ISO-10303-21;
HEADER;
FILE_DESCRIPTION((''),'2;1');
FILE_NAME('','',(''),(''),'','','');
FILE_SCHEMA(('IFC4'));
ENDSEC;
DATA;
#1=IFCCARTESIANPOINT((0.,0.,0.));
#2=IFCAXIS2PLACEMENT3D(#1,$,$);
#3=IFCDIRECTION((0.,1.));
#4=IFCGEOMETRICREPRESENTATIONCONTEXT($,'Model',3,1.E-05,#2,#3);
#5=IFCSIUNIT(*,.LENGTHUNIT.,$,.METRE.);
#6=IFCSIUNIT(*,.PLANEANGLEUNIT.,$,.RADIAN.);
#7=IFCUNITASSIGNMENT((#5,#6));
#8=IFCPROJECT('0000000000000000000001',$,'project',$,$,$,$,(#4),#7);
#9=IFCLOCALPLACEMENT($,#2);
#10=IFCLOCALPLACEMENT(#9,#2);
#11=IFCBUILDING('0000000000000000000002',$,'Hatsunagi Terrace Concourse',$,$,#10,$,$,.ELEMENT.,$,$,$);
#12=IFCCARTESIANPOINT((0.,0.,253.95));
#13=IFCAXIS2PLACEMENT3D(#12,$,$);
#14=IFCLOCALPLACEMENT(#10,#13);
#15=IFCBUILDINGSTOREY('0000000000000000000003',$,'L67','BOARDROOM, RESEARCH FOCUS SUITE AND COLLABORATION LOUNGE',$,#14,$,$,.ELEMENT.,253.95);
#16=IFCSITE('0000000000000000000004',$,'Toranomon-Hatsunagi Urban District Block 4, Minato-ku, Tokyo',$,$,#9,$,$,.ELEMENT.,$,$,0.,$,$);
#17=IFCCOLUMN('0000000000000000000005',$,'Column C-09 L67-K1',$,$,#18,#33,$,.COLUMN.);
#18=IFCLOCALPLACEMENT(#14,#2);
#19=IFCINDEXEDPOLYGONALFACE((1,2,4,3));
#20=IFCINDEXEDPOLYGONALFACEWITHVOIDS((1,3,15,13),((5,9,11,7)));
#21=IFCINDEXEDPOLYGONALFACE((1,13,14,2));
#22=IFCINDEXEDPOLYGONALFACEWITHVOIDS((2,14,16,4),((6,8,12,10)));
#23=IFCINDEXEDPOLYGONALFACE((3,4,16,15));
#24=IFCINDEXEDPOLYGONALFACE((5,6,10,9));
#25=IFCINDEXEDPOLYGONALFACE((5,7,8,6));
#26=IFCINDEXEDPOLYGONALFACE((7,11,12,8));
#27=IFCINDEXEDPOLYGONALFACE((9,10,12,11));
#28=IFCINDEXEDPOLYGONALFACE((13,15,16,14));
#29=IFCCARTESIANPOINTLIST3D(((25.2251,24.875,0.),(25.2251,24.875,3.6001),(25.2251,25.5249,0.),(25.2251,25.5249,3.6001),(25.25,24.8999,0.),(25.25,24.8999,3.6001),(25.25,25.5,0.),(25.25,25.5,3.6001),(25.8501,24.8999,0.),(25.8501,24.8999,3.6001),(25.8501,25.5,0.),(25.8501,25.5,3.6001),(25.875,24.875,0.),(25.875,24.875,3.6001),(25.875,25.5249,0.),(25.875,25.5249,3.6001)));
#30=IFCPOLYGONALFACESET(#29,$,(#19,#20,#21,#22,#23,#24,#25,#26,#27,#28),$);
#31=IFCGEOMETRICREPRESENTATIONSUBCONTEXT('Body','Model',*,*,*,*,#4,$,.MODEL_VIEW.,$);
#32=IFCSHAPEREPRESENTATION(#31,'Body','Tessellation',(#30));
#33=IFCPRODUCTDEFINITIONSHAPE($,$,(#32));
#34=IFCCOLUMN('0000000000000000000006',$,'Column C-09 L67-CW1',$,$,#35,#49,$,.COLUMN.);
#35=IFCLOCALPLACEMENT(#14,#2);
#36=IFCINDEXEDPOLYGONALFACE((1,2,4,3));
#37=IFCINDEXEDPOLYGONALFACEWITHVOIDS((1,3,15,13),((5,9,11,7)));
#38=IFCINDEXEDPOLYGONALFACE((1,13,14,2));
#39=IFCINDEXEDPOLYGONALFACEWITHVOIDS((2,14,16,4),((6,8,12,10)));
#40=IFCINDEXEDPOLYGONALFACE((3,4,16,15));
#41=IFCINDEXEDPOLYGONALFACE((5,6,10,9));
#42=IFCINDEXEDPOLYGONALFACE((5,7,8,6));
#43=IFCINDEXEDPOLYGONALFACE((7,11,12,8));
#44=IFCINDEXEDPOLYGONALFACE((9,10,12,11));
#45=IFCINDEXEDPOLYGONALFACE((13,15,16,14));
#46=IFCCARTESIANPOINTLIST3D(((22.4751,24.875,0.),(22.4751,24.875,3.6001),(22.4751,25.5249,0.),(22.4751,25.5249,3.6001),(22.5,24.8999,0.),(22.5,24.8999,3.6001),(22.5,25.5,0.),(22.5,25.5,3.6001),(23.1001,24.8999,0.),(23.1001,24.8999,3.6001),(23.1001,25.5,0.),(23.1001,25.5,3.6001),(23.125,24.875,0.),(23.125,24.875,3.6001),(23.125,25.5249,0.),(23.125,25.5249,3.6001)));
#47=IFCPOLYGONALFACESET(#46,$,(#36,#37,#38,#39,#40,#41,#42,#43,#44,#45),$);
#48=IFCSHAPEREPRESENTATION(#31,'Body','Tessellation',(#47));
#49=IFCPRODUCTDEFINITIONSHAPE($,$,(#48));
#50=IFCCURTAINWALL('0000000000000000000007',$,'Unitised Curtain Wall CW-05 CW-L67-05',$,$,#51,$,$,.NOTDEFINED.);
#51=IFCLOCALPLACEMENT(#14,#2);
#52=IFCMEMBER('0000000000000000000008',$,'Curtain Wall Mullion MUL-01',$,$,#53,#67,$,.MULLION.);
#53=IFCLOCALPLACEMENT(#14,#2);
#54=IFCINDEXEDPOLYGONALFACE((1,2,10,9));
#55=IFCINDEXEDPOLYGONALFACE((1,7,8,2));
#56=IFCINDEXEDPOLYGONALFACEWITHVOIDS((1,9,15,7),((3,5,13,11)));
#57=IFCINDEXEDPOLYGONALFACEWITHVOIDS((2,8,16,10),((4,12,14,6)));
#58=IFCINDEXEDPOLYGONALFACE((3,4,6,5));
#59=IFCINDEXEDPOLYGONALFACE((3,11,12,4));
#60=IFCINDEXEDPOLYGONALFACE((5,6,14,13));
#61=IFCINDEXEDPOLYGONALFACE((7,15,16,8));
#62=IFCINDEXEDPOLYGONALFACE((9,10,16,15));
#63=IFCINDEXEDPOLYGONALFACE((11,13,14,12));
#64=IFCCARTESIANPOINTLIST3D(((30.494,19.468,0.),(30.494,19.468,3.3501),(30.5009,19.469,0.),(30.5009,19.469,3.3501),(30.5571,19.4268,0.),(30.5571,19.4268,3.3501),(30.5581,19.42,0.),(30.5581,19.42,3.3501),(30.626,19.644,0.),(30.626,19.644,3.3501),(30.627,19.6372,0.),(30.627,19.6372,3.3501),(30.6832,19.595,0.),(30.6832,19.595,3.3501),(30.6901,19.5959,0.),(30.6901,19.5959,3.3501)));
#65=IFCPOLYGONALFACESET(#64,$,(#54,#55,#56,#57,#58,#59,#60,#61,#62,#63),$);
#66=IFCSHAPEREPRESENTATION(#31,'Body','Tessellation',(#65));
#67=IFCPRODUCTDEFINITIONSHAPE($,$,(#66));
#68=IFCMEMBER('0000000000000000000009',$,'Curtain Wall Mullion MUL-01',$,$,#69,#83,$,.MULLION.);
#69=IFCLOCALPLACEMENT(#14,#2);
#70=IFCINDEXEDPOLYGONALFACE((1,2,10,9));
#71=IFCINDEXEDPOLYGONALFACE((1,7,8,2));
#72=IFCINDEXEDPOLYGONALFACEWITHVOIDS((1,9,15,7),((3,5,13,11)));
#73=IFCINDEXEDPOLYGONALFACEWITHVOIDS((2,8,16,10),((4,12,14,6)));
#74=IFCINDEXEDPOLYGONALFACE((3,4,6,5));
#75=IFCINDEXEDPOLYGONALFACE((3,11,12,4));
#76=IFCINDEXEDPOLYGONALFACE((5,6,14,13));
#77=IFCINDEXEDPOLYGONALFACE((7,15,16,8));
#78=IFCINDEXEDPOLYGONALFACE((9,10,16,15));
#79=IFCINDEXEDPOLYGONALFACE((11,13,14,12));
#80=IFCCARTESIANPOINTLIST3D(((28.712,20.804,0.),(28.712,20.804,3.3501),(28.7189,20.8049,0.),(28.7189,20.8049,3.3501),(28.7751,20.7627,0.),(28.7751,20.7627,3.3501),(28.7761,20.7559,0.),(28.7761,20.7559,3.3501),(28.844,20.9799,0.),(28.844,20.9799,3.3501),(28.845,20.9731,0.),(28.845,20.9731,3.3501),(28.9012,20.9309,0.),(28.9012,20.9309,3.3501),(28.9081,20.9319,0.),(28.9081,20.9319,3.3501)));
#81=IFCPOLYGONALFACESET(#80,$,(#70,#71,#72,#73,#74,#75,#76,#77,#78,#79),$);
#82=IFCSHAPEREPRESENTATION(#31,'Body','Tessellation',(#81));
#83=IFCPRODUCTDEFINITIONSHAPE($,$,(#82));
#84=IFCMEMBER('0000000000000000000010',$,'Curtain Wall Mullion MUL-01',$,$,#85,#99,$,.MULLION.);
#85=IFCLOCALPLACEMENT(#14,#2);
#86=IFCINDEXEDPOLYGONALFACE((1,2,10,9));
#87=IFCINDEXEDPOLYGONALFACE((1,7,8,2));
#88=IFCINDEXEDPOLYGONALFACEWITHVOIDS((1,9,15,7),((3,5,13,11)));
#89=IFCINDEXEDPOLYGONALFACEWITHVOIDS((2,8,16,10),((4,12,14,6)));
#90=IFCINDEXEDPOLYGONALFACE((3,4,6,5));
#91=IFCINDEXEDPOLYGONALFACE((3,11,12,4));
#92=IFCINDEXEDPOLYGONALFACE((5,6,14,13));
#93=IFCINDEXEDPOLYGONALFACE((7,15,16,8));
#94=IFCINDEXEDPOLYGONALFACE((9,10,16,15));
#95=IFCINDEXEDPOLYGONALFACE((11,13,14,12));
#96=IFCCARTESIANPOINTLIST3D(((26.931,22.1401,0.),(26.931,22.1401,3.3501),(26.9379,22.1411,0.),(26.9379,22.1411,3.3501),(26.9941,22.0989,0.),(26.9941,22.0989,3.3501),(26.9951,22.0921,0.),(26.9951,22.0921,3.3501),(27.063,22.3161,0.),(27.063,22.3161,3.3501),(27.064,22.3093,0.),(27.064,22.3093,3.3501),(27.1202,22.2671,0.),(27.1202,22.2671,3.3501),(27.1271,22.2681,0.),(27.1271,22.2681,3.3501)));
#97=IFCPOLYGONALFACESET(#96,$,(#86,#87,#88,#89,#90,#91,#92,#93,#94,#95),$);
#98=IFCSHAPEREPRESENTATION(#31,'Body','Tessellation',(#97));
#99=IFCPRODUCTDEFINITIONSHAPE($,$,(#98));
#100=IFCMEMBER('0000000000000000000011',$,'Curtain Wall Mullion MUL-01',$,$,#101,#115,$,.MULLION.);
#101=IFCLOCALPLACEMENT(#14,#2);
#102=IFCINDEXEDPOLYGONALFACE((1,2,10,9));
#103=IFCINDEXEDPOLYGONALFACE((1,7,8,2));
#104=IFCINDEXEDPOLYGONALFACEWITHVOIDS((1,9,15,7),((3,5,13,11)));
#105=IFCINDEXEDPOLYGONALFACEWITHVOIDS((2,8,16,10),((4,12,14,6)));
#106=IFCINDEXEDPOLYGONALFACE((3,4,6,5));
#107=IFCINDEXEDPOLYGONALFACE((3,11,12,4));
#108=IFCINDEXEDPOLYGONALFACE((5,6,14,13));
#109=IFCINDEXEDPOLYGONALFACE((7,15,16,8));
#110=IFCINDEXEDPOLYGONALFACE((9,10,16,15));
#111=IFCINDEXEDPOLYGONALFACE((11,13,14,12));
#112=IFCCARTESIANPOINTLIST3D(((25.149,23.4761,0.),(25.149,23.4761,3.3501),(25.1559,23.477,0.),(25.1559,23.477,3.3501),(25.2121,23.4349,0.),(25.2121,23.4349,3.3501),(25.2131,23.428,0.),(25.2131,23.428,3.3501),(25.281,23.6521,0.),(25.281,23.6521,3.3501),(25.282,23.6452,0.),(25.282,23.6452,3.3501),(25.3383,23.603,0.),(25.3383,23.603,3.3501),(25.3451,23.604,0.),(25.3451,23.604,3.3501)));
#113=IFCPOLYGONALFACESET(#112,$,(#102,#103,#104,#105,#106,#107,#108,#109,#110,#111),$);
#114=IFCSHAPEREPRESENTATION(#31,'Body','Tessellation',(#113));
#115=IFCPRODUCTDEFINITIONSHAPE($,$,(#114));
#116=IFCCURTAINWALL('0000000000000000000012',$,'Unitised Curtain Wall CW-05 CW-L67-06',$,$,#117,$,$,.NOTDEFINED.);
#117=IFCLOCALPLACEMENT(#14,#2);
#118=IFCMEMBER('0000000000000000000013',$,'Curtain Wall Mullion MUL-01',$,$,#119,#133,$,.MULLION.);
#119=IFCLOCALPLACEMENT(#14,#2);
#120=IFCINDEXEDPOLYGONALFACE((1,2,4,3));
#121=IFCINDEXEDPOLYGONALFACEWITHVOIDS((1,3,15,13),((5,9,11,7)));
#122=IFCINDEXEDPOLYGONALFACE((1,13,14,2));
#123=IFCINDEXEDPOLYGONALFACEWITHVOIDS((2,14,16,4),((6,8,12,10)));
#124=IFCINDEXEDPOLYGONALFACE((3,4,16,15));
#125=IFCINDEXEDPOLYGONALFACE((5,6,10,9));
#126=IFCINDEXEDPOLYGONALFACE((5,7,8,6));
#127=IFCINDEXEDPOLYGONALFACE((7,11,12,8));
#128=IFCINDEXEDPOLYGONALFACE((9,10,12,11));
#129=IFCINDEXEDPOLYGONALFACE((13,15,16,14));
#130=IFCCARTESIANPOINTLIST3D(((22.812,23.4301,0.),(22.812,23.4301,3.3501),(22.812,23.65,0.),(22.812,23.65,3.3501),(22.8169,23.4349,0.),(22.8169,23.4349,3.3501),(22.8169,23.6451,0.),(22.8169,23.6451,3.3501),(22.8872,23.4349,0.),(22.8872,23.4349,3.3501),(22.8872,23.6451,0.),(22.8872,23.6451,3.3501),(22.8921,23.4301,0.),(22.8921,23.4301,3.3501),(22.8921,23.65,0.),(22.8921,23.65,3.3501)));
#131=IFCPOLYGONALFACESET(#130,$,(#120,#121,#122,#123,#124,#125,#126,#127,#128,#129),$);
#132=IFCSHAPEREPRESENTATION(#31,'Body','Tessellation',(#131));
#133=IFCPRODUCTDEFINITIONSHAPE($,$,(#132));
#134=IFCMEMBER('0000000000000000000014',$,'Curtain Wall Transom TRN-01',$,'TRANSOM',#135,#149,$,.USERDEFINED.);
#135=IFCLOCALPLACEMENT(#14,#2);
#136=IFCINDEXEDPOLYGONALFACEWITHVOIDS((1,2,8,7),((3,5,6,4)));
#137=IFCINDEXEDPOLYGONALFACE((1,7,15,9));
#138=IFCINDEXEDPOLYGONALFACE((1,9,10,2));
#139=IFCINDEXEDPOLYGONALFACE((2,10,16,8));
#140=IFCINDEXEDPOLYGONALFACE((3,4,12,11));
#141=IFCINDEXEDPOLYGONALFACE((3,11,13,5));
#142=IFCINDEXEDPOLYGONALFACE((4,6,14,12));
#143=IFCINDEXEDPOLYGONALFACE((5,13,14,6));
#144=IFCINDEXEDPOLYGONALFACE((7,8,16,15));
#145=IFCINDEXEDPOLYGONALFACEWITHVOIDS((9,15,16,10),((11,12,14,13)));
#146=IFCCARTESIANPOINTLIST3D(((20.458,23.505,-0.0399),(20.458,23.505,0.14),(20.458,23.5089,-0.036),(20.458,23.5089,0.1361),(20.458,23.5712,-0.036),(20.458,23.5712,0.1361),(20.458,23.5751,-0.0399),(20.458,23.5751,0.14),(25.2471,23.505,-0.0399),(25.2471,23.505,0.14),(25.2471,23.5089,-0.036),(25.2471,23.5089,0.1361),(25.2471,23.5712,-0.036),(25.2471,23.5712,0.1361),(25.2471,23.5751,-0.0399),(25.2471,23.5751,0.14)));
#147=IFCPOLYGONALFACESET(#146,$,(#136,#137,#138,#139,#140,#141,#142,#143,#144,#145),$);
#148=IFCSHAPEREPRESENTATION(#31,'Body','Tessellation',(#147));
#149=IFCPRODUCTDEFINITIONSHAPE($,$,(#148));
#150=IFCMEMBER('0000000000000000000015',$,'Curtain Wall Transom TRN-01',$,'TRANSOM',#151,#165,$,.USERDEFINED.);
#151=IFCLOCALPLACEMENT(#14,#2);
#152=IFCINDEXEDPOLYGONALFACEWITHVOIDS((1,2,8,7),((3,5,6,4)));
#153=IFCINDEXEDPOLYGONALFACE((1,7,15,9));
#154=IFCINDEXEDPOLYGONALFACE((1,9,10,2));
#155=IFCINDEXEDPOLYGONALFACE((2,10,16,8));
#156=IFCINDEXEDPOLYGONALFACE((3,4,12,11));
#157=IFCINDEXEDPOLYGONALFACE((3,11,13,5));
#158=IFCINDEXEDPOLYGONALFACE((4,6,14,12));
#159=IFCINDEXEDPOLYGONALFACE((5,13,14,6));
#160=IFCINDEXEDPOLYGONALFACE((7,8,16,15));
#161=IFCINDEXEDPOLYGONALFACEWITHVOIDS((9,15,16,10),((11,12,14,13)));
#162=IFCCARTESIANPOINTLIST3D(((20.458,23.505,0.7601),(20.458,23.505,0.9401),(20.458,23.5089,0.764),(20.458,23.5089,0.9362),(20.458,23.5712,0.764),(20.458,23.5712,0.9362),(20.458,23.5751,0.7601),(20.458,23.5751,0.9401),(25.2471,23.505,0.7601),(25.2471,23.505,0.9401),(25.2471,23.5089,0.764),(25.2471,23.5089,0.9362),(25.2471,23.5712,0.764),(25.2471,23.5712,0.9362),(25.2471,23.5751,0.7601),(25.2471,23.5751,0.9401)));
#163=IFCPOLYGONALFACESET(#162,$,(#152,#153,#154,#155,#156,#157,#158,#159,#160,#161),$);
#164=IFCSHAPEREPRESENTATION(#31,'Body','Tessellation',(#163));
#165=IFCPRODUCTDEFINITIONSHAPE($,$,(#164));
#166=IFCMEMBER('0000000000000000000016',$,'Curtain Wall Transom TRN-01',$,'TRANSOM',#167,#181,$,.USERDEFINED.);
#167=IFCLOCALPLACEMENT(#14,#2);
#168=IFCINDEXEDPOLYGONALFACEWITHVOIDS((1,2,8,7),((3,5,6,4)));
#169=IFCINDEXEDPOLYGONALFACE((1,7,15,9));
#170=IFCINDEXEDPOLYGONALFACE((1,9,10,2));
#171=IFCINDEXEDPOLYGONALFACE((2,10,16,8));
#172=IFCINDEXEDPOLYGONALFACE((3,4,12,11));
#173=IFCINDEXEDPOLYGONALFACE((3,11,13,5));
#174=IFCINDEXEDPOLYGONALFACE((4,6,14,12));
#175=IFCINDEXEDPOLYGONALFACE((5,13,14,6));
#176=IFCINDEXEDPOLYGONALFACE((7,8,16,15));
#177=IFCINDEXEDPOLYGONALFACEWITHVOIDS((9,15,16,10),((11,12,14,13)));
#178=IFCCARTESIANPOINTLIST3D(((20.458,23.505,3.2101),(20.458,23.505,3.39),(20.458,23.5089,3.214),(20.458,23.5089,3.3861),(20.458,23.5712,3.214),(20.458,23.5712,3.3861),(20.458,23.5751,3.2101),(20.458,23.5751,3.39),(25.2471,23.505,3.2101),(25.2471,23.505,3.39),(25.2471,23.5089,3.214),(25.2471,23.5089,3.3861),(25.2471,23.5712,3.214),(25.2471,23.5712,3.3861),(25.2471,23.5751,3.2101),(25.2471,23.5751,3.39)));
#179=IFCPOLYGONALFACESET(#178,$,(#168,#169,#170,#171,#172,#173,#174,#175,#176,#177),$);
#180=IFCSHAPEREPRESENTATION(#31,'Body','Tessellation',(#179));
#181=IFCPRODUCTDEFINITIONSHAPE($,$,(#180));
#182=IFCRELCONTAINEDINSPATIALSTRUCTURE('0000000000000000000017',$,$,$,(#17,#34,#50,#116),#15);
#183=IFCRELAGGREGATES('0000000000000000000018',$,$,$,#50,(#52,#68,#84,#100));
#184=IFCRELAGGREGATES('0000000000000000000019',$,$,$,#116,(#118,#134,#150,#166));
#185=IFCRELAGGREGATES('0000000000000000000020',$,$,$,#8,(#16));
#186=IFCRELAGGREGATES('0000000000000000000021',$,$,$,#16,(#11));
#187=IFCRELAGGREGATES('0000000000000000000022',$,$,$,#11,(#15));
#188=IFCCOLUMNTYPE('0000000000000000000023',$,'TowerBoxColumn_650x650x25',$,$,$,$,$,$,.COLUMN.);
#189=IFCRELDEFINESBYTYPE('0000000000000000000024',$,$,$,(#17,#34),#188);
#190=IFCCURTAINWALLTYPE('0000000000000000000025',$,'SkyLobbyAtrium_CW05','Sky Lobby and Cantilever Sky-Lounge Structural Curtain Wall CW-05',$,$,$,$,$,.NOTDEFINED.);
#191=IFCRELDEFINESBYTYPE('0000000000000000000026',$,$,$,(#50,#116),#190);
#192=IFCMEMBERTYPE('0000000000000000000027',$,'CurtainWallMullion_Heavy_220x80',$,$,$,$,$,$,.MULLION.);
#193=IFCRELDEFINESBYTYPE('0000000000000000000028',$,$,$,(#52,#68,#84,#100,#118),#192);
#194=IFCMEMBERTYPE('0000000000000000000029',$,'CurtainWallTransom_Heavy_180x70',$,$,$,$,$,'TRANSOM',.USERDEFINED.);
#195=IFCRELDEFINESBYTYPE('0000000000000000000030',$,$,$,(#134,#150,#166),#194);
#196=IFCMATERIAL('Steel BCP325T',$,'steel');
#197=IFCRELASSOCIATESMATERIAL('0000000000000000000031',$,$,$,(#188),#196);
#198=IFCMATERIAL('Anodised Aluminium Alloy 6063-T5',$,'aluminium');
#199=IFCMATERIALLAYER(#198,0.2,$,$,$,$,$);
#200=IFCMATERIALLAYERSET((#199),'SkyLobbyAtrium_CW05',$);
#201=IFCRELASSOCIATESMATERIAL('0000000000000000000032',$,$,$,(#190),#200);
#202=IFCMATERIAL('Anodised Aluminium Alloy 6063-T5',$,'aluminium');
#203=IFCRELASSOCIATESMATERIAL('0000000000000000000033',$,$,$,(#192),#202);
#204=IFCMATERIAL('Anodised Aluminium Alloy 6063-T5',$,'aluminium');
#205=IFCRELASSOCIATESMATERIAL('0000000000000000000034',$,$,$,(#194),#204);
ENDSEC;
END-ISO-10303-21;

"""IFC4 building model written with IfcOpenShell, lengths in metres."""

from ifc_helpers import new_model, si_unit, direction, frame, origin, origin_2d, place, context, subcontext, project, spatial, hollow_rectangle, extrude, material, layer, layer_set, material_profile, profile_set, type_object, element, aggregate, save


model = new_model("IFC4")

# Units and contexts
model_context = context("Model", 3, precision=1e-05, world=origin(), true_north=direction((0.0, 1.0)))
body_context = subcontext(model_context, "Body", "Model", "MODEL_VIEW")
ifc_project = project(units=[si_unit("LENGTHUNIT", "METRE"), si_unit("PLANEANGLEUNIT", "RADIAN")], contexts=[model_context])

# Site, building, storey
site_placement = place(None, origin())
site = spatial("IfcSite", under=ifc_project, at=site_placement, Name="Toranomon-Hatsunagi Urban District Block 4, Minato-ku, Tokyo", CompositionType="ELEMENT", RefElevation=0.0)
building_placement = place(site_placement, origin())
building = spatial("IfcBuilding", under=site, at=building_placement, Name="Hatsunagi Terrace Concourse", CompositionType="ELEMENT")
storey_placement = place(building_placement, frame((0.0, 0.0, 253.95)))
storey = spatial("IfcBuildingStorey", under=building, at=storey_placement, Name="L67", Description="BOARDROOM, RESEARCH FOCUS SUITE AND COLLABORATION LOUNGE", CompositionType="ELEMENT", Elevation=253.95)

# Columns
ifc_material_1 = material(Name="Steel BCP325T", Category="steel")
ifc_material_profile_1 = material_profile(ifc_material_1, hollow_rectangle(XDim=0.6499, YDim=0.6499, WallThickness=0.0249, at=origin_2d()), Name="BCP-650x650x25")
ifc_profile_set_1 = profile_set([ifc_material_profile_1], Name="Steel BCP325T")
column_type = type_object("IfcColumnType", Name="TowerBoxColumn_650x650x25", PredefinedType="COLUMN", material=ifc_profile_set_1)
for number, where, z_axis, x_axis, name in (
    (1, (25.55, 25.2, 0.0), (0.0, 0.0, 1.0), (1.0, 0.0, 0.0), "Column C-09 L67-K1"),
    (2, (22.8, 25.2, 0.0), (0.0, 0.0, 1.0), (1.0, 0.0, 0.0), "Column C-09 L67-CW1"),
):
    element("IfcColumn", number, at=place(storey_placement, frame(where, z_axis=z_axis, x_axis=x_axis)), inside=storey, type_object=column_type, Name=name, PredefinedType="COLUMN", context=body_context, shape_type="SweptSolid", body=[
        extrude(hollow_rectangle(XDim=0.6499, YDim=0.6499, WallThickness=0.0249, at=origin_2d()), origin(), (0.0, 0.0, 1.0), 3.6001),
    ])

# Curtain walls, members
ifc_material_2 = material(Name="Anodised Aluminium Alloy 6063-T5", Category="aluminium")
ifc_layer_1 = layer(ifc_material_2, 0.2)
ifc_layer_set_1 = layer_set([ifc_layer_1], Name="SkyLobbyAtrium_CW05")
curtain_wall_type = type_object("IfcCurtainWallType", Name="SkyLobbyAtrium_CW05", Description="Sky Lobby and Cantilever Sky-Lounge Structural Curtain Wall CW-05", PredefinedType="NOTDEFINED", material=ifc_layer_set_1)
curtain_wall_1_placement = place(storey_placement, origin())
curtain_wall_1 = element("IfcCurtainWall", 3, at=curtain_wall_1_placement, inside=storey, type_object=curtain_wall_type, Name="Unitised Curtain Wall CW-05 CW-L67-05", PredefinedType="NOTDEFINED")
ifc_material_3 = material(Name="Anodised Aluminium Alloy 6063-T5", Category="aluminium")
ifc_material_profile_2 = material_profile(ifc_material_3, hollow_rectangle(XDim=0.0801, YDim=0.22, WallThickness=0.0049, at=origin_2d()), Name="ALU-MUL-220x80x5")
ifc_profile_set_2 = profile_set([ifc_material_profile_2], Name="Anodised Aluminium Alloy 6063-T5")
member_type_1 = type_object("IfcMemberType", Name="CurtainWallMullion_Heavy_220x80", PredefinedType="MULLION", material=ifc_profile_set_2)
member_1_placement = place(storey_placement, frame((30.592, 19.532, 0.0), z_axis=(0.0, 0.0, 1.0), x_axis=(-0.800007, 0.59999, 0.0)))
member_1 = element("IfcMember", 4, at=member_1_placement, type_object=member_type_1, Name="Curtain Wall Mullion MUL-01", PredefinedType="MULLION", context=body_context, shape_type="SweptSolid", body=[
    extrude(hollow_rectangle(XDim=0.0801, YDim=0.22, WallThickness=0.0049, at=origin_2d()), origin(), (0.0, 0.0, 1.0), 3.3501),
])
member_2_placement = place(storey_placement, frame((28.8101, 20.8679, 0.0), z_axis=(0.0, 0.0, 1.0), x_axis=(-0.800007, 0.59999, 0.0)))
member_2 = element("IfcMember", 5, at=member_2_placement, type_object=member_type_1, Name="Curtain Wall Mullion MUL-01", PredefinedType="MULLION", context=body_context, shape_type="SweptSolid", body=[
    extrude(hollow_rectangle(XDim=0.0801, YDim=0.22, WallThickness=0.0049, at=origin_2d()), origin(), (0.0, 0.0, 1.0), 3.3501),
])
member_3_placement = place(storey_placement, frame((27.0291, 22.2041, 0.0), z_axis=(0.0, 0.0, 1.0), x_axis=(-0.800007, 0.59999, 0.0)))
member_3 = element("IfcMember", 6, at=member_3_placement, type_object=member_type_1, Name="Curtain Wall Mullion MUL-01", PredefinedType="MULLION", context=body_context, shape_type="SweptSolid", body=[
    extrude(hollow_rectangle(XDim=0.0801, YDim=0.22, WallThickness=0.0049, at=origin_2d()), origin(), (0.0, 0.0, 1.0), 3.3501),
])
member_4_placement = place(storey_placement, frame((25.2471, 23.54, 0.0), z_axis=(0.0, 0.0, 1.0), x_axis=(-0.800007, 0.59999, 0.0)))
member_4 = element("IfcMember", 7, at=member_4_placement, type_object=member_type_1, Name="Curtain Wall Mullion MUL-01", PredefinedType="MULLION", context=body_context, shape_type="SweptSolid", body=[
    extrude(hollow_rectangle(XDim=0.0801, YDim=0.22, WallThickness=0.0049, at=origin_2d()), origin(), (0.0, 0.0, 1.0), 3.3501),
])
curtain_wall_2_placement = place(storey_placement, origin())
curtain_wall_2 = element("IfcCurtainWall", 8, at=curtain_wall_2_placement, inside=storey, type_object=curtain_wall_type, Name="Unitised Curtain Wall CW-05 CW-L67-06", PredefinedType="NOTDEFINED")
member_5_placement = place(storey_placement, frame((22.8521, 23.54, 0.0), z_axis=(0.0, 0.0, 1.0), x_axis=(-1.0, 0.0, 0.0)))
member_5 = element("IfcMember", 9, at=member_5_placement, type_object=member_type_1, Name="Curtain Wall Mullion MUL-01", PredefinedType="MULLION", context=body_context, shape_type="SweptSolid", body=[
    extrude(hollow_rectangle(XDim=0.0801, YDim=0.22, WallThickness=0.0049, at=origin_2d()), origin(), (0.0, 0.0, 1.0), 3.3501),
])
ifc_material_4 = material(Name="Anodised Aluminium Alloy 6063-T5", Category="aluminium")
ifc_material_profile_3 = material_profile(ifc_material_4, hollow_rectangle(XDim=0.0701, YDim=0.1799, WallThickness=0.0039, at=origin_2d()), Name="ALU-TRN-180x70x4")
ifc_profile_set_3 = profile_set([ifc_material_profile_3], Name="Anodised Aluminium Alloy 6063-T5")
member_type_2 = type_object("IfcMemberType", Name="CurtainWallTransom_Heavy_180x70", ElementType="TRANSOM", PredefinedType="USERDEFINED", material=ifc_profile_set_3)
member_6_placement = place(storey_placement, frame((25.2471, 23.54, 0.05), z_axis=(-1.0, 0.0, 0.0), x_axis=(0.0, -1.0, 0.0)))
member_6 = element("IfcMember", 10, at=member_6_placement, type_object=member_type_2, Name="Curtain Wall Transom TRN-01", ObjectType="TRANSOM", PredefinedType="USERDEFINED", context=body_context, shape_type="SweptSolid", body=[
    extrude(hollow_rectangle(XDim=0.0701, YDim=0.1799, WallThickness=0.0039, at=origin_2d()), origin(), (0.0, 0.0, 1.0), 4.7891),
])
member_7_placement = place(storey_placement, frame((25.2471, 23.54, 0.8501), z_axis=(-1.0, 0.0, 0.0), x_axis=(0.0, -1.0, 0.0)))
member_7 = element("IfcMember", 11, at=member_7_placement, type_object=member_type_2, Name="Curtain Wall Transom TRN-01", ObjectType="TRANSOM", PredefinedType="USERDEFINED", context=body_context, shape_type="SweptSolid", body=[
    extrude(hollow_rectangle(XDim=0.0701, YDim=0.1799, WallThickness=0.0039, at=origin_2d()), origin(), (0.0, 0.0, 1.0), 4.7891),
])
member_8_placement = place(storey_placement, frame((25.2471, 23.54, 3.3), z_axis=(-1.0, 0.0, 0.0), x_axis=(0.0, -1.0, 0.0)))
member_8 = element("IfcMember", 12, at=member_8_placement, type_object=member_type_2, Name="Curtain Wall Transom TRN-01", ObjectType="TRANSOM", PredefinedType="USERDEFINED", context=body_context, shape_type="SweptSolid", body=[
    extrude(hollow_rectangle(XDim=0.0701, YDim=0.1799, WallThickness=0.0039, at=origin_2d()), origin(), (0.0, 0.0, 1.0), 4.7891),
])

aggregate(curtain_wall_1, [member_1, member_2, member_3, member_4])
aggregate(curtain_wall_2, [member_5, member_6, member_7, member_8])

save(model, "model.ifc")
